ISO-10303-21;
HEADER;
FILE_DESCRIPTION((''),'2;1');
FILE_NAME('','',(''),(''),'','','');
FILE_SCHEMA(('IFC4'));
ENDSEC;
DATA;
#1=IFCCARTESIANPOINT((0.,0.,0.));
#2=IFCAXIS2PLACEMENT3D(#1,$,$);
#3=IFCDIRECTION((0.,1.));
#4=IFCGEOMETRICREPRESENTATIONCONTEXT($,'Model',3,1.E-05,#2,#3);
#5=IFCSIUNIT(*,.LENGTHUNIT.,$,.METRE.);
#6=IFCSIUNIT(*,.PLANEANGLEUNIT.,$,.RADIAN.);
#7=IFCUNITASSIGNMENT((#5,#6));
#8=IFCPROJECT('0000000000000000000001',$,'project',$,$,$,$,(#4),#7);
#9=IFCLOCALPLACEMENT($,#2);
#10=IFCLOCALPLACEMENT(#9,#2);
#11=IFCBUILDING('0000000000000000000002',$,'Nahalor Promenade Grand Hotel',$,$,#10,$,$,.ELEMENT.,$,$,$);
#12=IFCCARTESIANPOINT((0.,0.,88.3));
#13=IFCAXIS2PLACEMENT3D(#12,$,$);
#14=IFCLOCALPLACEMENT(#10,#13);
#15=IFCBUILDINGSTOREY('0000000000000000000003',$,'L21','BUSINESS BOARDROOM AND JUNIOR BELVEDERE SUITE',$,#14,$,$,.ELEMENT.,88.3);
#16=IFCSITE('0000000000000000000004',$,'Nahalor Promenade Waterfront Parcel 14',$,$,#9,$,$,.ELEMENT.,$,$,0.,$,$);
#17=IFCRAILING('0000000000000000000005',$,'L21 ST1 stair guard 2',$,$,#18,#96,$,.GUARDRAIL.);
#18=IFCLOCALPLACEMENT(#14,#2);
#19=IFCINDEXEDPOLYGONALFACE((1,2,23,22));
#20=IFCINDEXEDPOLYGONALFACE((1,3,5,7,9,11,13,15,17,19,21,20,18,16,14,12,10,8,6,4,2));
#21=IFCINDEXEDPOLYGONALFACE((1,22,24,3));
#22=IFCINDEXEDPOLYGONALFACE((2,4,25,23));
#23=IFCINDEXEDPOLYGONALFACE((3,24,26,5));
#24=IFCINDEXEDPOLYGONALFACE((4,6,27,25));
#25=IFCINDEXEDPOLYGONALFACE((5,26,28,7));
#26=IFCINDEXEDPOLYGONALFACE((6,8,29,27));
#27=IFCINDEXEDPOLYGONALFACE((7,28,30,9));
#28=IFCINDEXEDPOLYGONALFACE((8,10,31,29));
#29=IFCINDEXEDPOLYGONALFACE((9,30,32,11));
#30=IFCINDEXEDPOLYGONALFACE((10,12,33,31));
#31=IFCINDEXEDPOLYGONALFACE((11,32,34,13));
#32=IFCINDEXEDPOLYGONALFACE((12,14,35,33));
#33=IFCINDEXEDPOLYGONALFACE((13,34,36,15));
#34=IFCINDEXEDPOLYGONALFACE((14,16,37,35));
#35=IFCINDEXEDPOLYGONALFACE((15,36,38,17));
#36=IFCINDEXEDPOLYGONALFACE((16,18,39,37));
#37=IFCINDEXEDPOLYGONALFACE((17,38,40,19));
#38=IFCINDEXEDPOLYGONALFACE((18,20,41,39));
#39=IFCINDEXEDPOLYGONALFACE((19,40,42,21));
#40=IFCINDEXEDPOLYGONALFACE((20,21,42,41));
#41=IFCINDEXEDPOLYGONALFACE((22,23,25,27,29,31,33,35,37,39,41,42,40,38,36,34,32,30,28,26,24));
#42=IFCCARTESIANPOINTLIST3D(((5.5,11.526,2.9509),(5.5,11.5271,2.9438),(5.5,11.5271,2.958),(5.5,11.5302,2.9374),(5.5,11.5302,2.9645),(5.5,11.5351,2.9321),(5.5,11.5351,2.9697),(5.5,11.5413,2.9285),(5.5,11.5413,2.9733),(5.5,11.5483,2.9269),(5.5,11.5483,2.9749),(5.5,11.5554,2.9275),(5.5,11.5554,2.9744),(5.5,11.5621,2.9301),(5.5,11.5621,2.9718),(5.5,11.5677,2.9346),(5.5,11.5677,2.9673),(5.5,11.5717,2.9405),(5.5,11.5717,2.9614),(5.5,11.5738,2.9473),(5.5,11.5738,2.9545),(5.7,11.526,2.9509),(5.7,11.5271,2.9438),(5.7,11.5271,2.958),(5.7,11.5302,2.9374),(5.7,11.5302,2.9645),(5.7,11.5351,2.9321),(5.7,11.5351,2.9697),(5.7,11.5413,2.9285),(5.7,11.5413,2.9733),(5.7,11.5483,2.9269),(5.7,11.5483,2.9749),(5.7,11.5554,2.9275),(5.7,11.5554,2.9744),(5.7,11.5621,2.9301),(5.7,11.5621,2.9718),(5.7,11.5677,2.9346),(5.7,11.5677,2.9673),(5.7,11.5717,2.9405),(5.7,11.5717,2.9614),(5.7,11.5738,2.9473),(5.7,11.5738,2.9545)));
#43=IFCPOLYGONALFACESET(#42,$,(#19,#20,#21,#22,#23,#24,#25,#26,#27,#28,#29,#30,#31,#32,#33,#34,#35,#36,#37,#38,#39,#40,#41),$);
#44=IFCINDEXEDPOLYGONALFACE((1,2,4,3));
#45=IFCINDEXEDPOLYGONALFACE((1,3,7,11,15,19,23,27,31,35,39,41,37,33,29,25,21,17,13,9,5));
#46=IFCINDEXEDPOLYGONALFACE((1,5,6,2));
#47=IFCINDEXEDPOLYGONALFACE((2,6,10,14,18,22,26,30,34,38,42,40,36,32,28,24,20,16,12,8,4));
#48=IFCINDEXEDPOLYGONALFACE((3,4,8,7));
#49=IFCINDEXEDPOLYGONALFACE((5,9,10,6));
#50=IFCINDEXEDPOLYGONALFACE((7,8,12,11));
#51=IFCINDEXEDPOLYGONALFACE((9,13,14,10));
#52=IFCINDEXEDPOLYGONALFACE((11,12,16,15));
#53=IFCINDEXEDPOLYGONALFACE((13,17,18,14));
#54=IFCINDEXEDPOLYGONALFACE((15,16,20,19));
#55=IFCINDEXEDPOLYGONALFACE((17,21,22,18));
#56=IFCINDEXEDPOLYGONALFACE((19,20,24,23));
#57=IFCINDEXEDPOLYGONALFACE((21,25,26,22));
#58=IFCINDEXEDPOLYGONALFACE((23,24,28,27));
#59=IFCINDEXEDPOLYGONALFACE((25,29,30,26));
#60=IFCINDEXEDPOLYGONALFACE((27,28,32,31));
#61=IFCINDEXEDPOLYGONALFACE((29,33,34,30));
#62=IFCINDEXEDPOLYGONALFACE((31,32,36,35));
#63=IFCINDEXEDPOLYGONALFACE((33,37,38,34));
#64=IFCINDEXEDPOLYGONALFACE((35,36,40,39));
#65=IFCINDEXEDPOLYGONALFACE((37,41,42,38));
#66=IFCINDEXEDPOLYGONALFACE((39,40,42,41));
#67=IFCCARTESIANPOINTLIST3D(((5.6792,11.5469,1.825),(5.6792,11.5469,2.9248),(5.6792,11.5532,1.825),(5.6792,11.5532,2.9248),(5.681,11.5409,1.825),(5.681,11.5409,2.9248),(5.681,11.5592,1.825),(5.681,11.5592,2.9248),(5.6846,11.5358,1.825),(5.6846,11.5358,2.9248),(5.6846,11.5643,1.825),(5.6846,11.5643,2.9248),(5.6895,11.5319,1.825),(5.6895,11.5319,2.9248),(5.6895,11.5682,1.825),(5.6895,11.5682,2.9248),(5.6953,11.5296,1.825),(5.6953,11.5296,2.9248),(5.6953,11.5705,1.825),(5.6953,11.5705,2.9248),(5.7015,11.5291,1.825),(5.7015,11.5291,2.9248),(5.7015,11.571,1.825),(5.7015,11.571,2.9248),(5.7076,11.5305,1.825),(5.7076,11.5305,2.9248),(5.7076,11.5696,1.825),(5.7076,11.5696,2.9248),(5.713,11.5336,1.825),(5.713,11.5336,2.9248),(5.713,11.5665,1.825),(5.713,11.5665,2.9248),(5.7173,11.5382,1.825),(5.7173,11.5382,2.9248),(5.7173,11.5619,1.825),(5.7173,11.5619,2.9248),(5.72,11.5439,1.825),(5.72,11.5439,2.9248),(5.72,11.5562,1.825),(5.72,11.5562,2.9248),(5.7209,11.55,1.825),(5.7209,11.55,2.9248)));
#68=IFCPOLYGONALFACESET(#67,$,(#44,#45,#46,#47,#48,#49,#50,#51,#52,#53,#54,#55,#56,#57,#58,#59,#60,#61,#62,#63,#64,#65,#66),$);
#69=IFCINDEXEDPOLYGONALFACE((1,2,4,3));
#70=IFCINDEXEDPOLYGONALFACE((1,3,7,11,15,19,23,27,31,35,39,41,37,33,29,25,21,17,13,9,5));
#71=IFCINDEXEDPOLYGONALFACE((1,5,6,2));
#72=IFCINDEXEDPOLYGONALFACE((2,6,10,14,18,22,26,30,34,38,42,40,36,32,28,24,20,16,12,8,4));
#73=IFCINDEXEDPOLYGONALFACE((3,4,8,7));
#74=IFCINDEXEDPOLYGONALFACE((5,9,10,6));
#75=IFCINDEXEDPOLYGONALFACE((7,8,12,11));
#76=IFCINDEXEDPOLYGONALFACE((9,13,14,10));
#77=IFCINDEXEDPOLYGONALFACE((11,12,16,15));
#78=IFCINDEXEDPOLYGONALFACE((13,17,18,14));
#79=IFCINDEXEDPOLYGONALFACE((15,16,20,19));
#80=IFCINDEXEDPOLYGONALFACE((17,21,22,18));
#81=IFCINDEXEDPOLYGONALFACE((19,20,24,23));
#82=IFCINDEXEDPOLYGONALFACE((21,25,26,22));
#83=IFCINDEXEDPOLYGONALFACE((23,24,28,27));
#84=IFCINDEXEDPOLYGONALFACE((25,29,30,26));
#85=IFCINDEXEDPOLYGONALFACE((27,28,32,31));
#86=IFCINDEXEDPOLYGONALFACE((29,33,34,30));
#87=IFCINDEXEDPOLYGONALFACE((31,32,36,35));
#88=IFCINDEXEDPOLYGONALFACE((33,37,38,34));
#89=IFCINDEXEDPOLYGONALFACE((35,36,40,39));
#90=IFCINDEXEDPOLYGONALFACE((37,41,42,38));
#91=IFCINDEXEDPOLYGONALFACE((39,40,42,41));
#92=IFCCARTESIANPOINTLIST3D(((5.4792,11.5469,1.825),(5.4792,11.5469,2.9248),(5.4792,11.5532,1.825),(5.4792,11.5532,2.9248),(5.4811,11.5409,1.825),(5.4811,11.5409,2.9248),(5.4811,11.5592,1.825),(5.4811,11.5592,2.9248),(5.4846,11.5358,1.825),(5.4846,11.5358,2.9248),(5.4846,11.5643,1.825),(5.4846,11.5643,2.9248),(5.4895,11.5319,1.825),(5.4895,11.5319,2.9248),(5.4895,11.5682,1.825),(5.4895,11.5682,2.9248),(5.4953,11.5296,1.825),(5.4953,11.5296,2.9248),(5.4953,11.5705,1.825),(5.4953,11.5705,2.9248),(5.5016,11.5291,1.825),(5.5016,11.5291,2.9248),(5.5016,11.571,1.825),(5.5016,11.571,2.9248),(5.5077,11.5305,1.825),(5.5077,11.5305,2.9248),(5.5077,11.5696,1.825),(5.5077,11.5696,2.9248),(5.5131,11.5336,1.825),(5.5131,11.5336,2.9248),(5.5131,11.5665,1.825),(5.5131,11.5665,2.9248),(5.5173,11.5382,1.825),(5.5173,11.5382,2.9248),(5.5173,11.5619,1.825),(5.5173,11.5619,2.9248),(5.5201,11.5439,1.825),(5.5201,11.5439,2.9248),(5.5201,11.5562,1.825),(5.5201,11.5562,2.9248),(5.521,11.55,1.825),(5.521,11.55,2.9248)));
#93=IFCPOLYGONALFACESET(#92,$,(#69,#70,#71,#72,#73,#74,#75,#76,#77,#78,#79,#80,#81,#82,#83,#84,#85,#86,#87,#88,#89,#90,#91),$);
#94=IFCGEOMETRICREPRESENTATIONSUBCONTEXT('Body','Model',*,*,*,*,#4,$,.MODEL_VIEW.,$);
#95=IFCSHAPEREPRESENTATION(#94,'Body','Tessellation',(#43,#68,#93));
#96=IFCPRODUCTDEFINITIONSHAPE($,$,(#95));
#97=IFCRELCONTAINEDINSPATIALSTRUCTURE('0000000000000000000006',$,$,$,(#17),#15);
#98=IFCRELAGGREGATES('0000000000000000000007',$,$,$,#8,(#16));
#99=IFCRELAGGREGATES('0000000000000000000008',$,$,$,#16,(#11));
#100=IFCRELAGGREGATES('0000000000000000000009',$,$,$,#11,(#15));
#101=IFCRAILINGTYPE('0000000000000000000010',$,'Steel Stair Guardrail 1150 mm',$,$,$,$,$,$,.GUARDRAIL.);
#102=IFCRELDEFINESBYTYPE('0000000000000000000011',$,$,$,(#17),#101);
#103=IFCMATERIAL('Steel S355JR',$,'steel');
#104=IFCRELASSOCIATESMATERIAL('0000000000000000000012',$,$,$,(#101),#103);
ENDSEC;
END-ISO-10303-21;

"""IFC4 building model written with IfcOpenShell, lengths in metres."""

from ifc_helpers import new_model, si_unit, direction, frame, origin, origin_2d, place, context, subcontext, project, spatial, circle, extrude, material, type_object, element, save


model = new_model("IFC4")

# Units and contexts
model_context = context("Model", 3, precision=1e-05, world=origin(), true_north=direction((0.0, 1.0)))
body_context = subcontext(model_context, "Body", "Model", "MODEL_VIEW")
ifc_project = project(units=[si_unit("LENGTHUNIT", "METRE"), si_unit("PLANEANGLEUNIT", "RADIAN")], contexts=[model_context])

# Site, building, storey
site_placement = place(None, origin())
site = spatial("IfcSite", under=ifc_project, at=site_placement, Name="Nahalor Promenade Waterfront Parcel 14", CompositionType="ELEMENT", RefElevation=0.0)
building_placement = place(site_placement, origin())
building = spatial("IfcBuilding", under=site, at=building_placement, Name="Nahalor Promenade Grand Hotel", CompositionType="ELEMENT")
storey_placement = place(building_placement, frame((0.0, 0.0, 88.3)))
storey = spatial("IfcBuildingStorey", under=building, at=storey_placement, Name="L21", Description="BUSINESS BOARDROOM AND JUNIOR BELVEDERE SUITE", CompositionType="ELEMENT", Elevation=88.3)

# Shared definitions
ifc_material_1 = material(Name="Steel S355JR", Category="steel")

# Railing
railing_type_1 = type_object("IfcRailingType", Name="Steel Stair Guardrail 1150 mm", PredefinedType="GUARDRAIL", material=ifc_material_1)
railing_1_placement = place(storey_placement, frame((5.7, 11.55, 1.825)))
element("IfcRailing", 1, at=railing_1_placement, inside=storey, type_object=railing_type_1, Name="L21 ST1 stair guard 2", PredefinedType="GUARDRAIL", context=body_context, shape_type="SweptSolid", body=[
    extrude(circle(Radius=0.024, at=origin_2d()), frame((0.0, 0.0, 1.126), z_axis=(-1.0, 0.0, 0.0), x_axis=(0.0, -1.0, 0.0)), (0.0, 0.0, 1.0), 0.2),
    extrude(circle(Radius=0.021, at=origin_2d()), origin(), (0.0, 0.0, 1.0), 1.0999),
    extrude(circle(Radius=0.021, at=origin_2d()), frame((-0.2, 0.0, 0.0)), (0.0, 0.0, 1.0), 1.0999),
])

save(model, "model.ifc")
